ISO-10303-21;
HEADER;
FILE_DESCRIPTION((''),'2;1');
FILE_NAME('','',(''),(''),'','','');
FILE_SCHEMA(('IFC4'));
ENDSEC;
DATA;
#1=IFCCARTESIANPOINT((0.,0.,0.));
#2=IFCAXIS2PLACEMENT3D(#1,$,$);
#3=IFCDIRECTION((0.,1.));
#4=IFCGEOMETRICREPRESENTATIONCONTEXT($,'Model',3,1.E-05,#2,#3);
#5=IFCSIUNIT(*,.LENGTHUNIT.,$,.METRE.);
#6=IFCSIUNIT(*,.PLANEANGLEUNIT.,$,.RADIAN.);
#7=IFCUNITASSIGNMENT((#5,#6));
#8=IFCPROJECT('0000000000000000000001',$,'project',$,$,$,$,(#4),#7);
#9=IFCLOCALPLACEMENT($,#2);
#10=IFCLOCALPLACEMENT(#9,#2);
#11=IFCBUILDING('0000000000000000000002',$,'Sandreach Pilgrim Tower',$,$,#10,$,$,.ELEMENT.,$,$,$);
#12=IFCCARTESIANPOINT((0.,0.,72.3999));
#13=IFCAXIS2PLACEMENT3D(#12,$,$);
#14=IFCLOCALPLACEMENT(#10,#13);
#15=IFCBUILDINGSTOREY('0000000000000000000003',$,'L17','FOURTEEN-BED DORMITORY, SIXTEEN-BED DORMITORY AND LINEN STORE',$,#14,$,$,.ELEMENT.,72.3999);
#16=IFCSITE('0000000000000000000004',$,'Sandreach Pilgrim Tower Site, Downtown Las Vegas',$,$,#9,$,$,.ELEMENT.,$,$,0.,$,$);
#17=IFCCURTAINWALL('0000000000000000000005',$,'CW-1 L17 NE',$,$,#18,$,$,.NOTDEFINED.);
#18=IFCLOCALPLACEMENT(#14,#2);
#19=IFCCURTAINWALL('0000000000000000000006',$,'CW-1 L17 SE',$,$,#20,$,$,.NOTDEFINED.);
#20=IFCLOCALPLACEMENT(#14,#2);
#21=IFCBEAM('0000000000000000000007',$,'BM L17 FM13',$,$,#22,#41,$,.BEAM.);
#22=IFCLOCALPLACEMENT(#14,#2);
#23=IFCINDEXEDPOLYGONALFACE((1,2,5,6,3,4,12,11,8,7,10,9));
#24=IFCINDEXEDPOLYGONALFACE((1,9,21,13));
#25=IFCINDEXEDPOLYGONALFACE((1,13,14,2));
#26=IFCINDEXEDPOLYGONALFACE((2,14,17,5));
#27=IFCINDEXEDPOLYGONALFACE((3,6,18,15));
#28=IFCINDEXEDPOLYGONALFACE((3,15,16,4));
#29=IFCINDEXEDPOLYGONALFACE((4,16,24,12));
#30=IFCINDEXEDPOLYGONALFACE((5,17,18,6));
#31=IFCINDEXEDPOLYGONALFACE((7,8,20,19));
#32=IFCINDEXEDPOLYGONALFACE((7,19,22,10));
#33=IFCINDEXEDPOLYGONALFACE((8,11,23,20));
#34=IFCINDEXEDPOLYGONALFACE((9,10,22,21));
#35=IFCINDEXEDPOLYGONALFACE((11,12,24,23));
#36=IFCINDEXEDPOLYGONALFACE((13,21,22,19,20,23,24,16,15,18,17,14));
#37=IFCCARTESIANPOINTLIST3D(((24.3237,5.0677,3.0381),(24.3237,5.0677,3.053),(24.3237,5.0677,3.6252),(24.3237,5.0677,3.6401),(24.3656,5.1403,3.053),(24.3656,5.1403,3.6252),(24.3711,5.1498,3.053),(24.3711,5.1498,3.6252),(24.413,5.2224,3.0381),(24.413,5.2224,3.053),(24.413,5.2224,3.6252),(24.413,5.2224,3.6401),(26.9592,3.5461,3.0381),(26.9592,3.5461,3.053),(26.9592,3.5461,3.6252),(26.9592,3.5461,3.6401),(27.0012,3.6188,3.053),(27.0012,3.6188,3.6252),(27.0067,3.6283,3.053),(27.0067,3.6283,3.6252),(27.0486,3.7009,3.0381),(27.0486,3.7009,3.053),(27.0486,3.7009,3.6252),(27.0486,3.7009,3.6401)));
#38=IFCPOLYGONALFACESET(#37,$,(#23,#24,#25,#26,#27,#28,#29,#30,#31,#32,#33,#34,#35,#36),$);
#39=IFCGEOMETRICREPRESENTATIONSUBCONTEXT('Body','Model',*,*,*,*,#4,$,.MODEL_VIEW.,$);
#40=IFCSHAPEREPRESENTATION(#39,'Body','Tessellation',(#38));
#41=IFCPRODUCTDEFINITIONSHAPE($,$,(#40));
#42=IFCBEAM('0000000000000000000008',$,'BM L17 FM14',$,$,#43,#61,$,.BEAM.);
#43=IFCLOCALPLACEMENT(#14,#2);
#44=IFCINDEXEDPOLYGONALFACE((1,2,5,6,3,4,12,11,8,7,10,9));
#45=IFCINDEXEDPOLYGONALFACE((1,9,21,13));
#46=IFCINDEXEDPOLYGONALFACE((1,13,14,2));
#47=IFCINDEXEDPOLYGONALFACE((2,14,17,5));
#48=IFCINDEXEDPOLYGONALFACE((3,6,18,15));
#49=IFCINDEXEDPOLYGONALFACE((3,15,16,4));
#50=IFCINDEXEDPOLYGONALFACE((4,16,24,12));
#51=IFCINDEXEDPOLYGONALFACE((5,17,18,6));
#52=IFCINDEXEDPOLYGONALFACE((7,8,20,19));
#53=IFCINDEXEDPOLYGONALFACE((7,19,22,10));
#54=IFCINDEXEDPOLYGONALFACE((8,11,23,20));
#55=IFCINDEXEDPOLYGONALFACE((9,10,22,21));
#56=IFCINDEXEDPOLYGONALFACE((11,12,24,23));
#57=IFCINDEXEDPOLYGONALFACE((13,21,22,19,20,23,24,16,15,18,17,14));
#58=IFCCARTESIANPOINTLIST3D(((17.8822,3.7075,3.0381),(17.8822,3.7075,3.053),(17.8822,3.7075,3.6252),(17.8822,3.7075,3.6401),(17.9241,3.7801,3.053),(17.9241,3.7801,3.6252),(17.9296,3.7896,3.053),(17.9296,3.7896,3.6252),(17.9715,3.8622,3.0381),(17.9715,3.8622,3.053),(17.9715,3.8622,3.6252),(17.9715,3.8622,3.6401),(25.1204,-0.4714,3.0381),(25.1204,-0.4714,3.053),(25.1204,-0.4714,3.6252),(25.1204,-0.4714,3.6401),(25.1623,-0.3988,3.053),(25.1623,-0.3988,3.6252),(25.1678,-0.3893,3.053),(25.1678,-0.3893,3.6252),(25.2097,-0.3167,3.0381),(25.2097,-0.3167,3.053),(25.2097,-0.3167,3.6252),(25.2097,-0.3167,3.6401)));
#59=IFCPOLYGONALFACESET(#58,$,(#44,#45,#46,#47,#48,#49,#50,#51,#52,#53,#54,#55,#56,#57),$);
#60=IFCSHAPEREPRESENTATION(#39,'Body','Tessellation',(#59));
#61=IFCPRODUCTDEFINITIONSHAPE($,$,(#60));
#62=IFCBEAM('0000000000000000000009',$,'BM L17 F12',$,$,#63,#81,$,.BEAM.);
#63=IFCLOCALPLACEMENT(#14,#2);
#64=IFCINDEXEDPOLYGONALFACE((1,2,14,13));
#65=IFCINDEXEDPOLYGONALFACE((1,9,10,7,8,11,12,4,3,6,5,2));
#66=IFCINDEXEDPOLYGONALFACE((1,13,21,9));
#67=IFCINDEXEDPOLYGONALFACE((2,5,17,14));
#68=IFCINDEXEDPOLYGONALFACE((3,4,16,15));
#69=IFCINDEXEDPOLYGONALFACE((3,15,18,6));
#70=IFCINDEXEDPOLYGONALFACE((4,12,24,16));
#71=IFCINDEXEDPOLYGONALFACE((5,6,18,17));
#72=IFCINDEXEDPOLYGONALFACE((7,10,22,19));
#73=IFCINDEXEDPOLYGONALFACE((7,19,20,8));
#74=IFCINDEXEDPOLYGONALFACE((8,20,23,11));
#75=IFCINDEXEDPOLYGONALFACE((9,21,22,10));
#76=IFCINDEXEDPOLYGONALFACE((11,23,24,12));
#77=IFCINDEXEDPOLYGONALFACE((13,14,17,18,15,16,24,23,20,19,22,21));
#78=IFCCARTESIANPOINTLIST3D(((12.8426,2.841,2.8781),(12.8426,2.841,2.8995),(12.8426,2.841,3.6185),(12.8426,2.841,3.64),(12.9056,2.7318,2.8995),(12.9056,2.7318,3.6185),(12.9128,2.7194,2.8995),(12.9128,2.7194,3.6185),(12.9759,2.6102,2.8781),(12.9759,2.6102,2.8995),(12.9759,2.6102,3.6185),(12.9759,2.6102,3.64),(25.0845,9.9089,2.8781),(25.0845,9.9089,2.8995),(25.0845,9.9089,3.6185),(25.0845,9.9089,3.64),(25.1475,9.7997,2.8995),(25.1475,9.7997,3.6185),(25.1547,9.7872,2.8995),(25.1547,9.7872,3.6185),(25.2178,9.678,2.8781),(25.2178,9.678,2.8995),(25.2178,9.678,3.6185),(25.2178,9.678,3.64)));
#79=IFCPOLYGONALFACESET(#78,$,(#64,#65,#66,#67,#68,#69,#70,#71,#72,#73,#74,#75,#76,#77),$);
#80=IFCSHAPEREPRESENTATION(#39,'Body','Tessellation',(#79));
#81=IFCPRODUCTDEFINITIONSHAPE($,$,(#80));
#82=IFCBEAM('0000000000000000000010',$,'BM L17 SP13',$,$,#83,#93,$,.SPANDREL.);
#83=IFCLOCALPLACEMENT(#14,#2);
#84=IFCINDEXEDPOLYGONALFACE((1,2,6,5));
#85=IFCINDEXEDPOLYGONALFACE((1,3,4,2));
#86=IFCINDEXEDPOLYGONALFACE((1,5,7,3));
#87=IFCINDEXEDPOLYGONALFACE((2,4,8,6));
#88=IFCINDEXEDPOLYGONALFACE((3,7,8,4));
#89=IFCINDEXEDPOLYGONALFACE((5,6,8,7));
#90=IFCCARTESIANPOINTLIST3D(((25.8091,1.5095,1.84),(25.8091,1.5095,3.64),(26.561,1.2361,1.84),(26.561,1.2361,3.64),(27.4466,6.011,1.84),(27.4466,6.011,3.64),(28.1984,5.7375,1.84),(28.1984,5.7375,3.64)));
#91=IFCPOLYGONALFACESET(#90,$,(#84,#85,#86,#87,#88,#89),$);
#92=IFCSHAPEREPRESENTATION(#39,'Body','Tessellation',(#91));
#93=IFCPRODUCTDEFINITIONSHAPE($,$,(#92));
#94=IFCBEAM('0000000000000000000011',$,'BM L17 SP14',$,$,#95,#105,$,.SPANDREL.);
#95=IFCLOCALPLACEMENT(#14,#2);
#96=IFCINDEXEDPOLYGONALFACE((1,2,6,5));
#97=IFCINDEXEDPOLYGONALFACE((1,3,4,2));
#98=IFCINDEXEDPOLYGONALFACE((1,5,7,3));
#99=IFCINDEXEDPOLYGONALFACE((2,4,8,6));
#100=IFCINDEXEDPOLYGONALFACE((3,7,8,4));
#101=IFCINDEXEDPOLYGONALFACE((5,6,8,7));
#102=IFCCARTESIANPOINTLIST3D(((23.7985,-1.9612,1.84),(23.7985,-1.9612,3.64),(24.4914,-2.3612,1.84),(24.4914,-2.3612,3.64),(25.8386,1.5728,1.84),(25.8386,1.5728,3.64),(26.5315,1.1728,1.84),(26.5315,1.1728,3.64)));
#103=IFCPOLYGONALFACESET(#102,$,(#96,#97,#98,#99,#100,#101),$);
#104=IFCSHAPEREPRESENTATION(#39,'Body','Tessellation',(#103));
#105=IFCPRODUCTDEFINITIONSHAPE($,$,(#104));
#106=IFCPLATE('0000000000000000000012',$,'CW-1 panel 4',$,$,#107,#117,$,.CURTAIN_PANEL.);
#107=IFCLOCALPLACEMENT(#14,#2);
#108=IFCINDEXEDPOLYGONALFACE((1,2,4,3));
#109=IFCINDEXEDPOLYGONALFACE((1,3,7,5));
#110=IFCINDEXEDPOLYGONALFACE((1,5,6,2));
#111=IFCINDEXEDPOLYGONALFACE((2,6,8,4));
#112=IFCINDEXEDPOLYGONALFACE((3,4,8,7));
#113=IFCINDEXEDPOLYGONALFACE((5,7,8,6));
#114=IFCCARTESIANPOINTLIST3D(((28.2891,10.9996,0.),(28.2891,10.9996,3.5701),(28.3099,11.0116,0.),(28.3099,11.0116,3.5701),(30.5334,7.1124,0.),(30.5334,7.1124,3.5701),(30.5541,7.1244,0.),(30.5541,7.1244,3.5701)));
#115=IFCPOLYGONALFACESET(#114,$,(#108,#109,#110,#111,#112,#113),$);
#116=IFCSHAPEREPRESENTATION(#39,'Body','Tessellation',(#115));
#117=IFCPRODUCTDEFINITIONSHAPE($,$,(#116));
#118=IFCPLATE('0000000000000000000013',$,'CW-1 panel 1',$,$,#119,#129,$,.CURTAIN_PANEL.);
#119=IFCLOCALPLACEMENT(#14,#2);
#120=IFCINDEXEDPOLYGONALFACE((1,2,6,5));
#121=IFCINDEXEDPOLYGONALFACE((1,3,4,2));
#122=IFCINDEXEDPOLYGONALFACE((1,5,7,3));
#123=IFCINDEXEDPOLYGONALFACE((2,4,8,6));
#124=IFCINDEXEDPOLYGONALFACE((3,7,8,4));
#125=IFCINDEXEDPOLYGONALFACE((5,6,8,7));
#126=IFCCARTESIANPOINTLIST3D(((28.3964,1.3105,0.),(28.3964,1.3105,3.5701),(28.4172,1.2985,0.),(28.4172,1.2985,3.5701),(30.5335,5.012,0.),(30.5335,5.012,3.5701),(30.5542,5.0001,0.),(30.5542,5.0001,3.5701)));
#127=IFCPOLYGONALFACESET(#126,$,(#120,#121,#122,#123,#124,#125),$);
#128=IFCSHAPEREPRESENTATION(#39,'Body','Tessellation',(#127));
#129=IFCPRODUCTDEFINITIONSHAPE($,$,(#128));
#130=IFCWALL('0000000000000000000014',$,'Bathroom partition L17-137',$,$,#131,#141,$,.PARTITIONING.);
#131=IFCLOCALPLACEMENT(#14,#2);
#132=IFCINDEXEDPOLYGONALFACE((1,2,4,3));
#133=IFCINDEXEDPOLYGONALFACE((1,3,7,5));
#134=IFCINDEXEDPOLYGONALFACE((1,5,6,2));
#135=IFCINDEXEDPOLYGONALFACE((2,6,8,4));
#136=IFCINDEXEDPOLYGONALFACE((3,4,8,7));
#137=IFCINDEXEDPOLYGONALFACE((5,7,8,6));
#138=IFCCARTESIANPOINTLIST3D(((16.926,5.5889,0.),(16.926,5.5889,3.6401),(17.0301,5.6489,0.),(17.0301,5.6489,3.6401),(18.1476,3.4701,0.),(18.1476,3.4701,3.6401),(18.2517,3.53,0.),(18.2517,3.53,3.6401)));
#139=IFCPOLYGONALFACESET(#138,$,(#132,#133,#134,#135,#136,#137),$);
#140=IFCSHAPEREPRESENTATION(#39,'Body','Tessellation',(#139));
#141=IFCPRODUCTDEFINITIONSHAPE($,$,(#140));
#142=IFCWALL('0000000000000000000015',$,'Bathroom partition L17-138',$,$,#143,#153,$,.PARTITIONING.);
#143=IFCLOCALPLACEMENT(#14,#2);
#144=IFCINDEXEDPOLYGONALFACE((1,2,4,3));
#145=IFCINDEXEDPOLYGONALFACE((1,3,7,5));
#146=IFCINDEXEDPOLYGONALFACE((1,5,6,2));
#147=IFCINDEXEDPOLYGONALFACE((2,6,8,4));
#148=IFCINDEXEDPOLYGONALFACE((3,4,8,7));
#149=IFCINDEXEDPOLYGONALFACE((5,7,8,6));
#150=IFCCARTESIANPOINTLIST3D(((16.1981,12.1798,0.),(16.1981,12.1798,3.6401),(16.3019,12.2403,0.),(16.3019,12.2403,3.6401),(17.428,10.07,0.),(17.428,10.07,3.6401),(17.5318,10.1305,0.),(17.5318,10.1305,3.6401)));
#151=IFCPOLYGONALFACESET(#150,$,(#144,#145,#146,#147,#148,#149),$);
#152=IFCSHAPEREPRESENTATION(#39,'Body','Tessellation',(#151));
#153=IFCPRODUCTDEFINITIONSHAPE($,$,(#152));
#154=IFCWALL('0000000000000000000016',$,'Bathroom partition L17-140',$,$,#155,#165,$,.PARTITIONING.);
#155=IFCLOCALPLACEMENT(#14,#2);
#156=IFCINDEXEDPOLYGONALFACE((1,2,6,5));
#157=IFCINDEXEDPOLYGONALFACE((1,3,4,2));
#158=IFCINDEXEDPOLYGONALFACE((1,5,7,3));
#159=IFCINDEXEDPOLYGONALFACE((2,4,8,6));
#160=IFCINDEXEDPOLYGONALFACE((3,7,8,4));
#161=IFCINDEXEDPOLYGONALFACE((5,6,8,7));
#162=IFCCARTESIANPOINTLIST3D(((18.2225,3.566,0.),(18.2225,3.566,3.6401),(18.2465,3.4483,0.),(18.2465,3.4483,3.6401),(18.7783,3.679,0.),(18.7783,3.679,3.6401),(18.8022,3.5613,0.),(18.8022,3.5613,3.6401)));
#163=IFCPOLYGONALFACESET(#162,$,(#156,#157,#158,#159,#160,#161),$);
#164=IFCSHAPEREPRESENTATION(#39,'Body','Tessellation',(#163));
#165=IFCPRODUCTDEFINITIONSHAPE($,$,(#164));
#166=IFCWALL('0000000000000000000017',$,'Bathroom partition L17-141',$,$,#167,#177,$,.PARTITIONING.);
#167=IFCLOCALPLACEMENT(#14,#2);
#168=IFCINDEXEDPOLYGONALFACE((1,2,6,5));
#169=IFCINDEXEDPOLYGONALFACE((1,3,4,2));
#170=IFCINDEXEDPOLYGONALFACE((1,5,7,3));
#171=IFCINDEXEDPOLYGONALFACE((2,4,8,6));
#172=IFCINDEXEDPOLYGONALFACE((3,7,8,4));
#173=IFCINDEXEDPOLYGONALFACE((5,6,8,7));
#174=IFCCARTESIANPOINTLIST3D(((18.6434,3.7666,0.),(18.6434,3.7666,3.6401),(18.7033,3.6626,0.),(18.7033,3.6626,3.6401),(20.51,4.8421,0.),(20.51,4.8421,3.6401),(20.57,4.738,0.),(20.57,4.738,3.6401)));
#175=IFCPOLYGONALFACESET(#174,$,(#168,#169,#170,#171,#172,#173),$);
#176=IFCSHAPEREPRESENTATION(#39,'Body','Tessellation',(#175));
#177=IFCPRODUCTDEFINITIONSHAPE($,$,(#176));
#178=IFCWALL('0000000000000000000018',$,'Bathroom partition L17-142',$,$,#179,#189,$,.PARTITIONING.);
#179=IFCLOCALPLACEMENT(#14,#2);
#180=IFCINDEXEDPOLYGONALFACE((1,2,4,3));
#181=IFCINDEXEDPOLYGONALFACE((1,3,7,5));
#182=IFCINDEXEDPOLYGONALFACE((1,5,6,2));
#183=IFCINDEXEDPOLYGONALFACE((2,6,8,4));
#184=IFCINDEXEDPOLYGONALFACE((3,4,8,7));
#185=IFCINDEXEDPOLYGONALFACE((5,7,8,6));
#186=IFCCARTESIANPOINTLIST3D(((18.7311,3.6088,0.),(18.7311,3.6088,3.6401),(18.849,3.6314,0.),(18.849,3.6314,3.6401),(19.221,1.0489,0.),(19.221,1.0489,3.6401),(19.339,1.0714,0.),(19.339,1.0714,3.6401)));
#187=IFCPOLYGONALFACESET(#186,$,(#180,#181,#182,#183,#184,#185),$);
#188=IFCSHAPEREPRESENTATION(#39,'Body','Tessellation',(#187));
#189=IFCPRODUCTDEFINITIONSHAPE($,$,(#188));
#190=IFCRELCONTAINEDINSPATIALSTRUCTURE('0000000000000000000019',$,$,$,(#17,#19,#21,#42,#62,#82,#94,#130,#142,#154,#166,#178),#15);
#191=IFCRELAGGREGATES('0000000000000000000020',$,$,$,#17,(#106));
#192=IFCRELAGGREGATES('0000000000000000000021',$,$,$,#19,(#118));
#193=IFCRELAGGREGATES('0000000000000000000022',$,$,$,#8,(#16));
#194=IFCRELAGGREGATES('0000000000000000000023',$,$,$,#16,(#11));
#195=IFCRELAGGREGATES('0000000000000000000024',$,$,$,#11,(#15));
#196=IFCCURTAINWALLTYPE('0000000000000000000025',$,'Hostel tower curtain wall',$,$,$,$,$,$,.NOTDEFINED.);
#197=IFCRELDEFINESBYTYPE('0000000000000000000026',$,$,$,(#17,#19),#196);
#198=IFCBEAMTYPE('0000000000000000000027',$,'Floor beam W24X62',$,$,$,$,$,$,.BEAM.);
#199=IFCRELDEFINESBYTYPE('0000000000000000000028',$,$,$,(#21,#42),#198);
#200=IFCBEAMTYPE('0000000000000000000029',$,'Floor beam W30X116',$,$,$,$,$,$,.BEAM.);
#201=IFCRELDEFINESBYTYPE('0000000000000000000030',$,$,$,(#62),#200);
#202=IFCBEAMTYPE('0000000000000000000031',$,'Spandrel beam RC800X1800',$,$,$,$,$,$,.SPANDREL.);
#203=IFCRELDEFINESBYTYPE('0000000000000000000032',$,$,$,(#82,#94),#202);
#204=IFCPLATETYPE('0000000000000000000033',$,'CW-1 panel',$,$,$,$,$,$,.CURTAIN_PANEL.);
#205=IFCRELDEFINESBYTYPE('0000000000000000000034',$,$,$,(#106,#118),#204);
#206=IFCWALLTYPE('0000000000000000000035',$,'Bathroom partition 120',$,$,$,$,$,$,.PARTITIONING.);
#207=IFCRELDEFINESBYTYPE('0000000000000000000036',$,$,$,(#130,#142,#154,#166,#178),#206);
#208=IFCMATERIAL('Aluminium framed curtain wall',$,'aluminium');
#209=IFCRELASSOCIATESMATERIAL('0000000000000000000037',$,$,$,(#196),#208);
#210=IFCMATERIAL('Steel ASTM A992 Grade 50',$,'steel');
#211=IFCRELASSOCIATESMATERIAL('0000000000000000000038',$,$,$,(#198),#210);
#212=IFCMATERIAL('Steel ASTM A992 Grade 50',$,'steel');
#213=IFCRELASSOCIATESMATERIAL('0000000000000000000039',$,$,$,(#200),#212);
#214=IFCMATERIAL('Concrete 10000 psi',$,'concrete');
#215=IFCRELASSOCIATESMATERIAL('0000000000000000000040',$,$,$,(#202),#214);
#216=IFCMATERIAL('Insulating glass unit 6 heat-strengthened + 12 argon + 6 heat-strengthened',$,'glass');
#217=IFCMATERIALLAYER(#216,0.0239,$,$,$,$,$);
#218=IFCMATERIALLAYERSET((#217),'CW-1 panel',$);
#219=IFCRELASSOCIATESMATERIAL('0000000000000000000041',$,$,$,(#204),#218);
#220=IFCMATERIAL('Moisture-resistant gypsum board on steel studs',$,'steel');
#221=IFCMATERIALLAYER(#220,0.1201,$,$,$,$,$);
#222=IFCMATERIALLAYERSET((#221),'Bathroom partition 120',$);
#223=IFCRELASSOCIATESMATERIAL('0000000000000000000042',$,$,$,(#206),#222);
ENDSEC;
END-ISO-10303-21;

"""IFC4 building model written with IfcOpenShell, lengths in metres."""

from ifc_helpers import new_model, si_unit, direction, frame, frame_2d, origin, origin_2d, place, context, subcontext, project, spatial, rectangle, i_section, extrude, material, layer, layer_set, material_profile, profile_set, type_object, element, aggregate, save


model = new_model("IFC4")

# Units and contexts
model_context = context("Model", 3, precision=1e-05, world=origin(), true_north=direction((0.0, 1.0)))
body_context = subcontext(model_context, "Body", "Model", "MODEL_VIEW")
ifc_project = project(units=[si_unit("LENGTHUNIT", "METRE"), si_unit("PLANEANGLEUNIT", "RADIAN")], contexts=[model_context])

# Site, building, storey
site_placement = place(None, origin())
site = spatial("IfcSite", under=ifc_project, at=site_placement, Name="Sandreach Pilgrim Tower Site, Downtown Las Vegas", CompositionType="ELEMENT", RefElevation=0.0)
building_placement = place(site_placement, origin())
building = spatial("IfcBuilding", under=site, at=building_placement, Name="Sandreach Pilgrim Tower", CompositionType="ELEMENT")
storey_placement = place(building_placement, frame((0.0, 0.0, 72.3999)))
storey = spatial("IfcBuildingStorey", under=building, at=storey_placement, Name="L17", Description="FOURTEEN-BED DORMITORY, SIXTEEN-BED DORMITORY AND LINEN STORE", CompositionType="ELEMENT", Elevation=72.3999)

# Curtain wall
ifc_material_1 = material(Name="Aluminium framed curtain wall", Category="aluminium")
curtain_wall_type = type_object("IfcCurtainWallType", Name="Hostel tower curtain wall", PredefinedType="NOTDEFINED", material=ifc_material_1)
curtain_wall_1_placement = place(storey_placement, origin())
curtain_wall_1 = element("IfcCurtainWall", 1, at=curtain_wall_1_placement, inside=storey, type_object=curtain_wall_type, Name="CW-1 L17 NE", PredefinedType="NOTDEFINED")

# Curtain wall
curtain_wall_2_placement = place(storey_placement, origin())
curtain_wall_2 = element("IfcCurtainWall", 2, at=curtain_wall_2_placement, inside=storey, type_object=curtain_wall_type, Name="CW-1 L17 SE", PredefinedType="NOTDEFINED")

# Beams
ifc_material_2 = material(Name="Steel ASTM A992 Grade 50", Category="steel")
ifc_material_profile_1 = material_profile(ifc_material_2, i_section(OverallWidth=0.1787, OverallDepth=0.6021, WebThickness=0.011, FlangeThickness=0.0149, at=origin_2d()), Name="W24X62")
ifc_profile_set_1 = profile_set([ifc_material_profile_1], Name="Steel ASTM A992 Grade 50")
beam_type_1 = type_object("IfcBeamType", Name="Floor beam W24X62", PredefinedType="BEAM", material=ifc_profile_set_1)
beam_1_placement = place(storey_placement, frame((27.0039, 3.6235, 3.3391), z_axis=(-0.866043, 0.49997, 0.0), x_axis=(-0.49997, -0.866043, 0.0)))
element("IfcBeam", 3, at=beam_1_placement, inside=storey, type_object=beam_type_1, Name="BM L17 FM13", PredefinedType="BEAM", context=body_context, shape_type="SweptSolid", body=[
    extrude(i_section(OverallWidth=0.1787, OverallDepth=0.6021, WebThickness=0.011, FlangeThickness=0.0149, at=origin_2d()), origin(), (0.0, 0.0, 1.0), 3.0432),
])
beam_2_placement = place(storey_placement, frame((25.165, -0.394, 3.3391), z_axis=(-0.866029, 0.499994, 0.0), x_axis=(-0.499994, -0.866029, 0.0)))
element("IfcBeam", 4, at=beam_2_placement, inside=storey, type_object=beam_type_1, Name="BM L17 FM14", PredefinedType="BEAM", context=body_context, shape_type="SweptSolid", body=[
    extrude(i_section(OverallWidth=0.1787, OverallDepth=0.6021, WebThickness=0.011, FlangeThickness=0.0149, at=origin_2d()), origin(), (0.0, 0.0, 1.0), 8.3579),
])
ifc_material_3 = material(Name="Steel ASTM A992 Grade 50", Category="steel")
ifc_material_profile_2 = material_profile(ifc_material_3, i_section(OverallWidth=0.2666, OverallDepth=0.762, WebThickness=0.0144, FlangeThickness=0.0215, at=origin_2d()), Name="W30X116")
ifc_profile_set_2 = profile_set([ifc_material_profile_2], Name="Steel ASTM A992 Grade 50")
beam_type_2 = type_object("IfcBeamType", Name="Floor beam W30X116", PredefinedType="BEAM", material=ifc_profile_set_2)
beam_3_placement = place(storey_placement, frame((25.1511, 9.7935, 3.259), z_axis=(-0.866026, -0.499999, 0.0), x_axis=(0.499999, -0.866026, 0.0)))
element("IfcBeam", 5, at=beam_3_placement, inside=storey, type_object=beam_type_2, Name="BM L17 F12", PredefinedType="BEAM", context=body_context, shape_type="SweptSolid", body=[
    extrude(i_section(OverallWidth=0.2666, OverallDepth=0.762, WebThickness=0.0144, FlangeThickness=0.0215, at=origin_2d()), origin(), (0.0, 0.0, 1.0), 14.1357),
])
ifc_material_4 = material(Name="Concrete 10000 psi", Category="concrete")
ifc_material_profile_3 = material_profile(ifc_material_4, rectangle(XDim=0.8, YDim=1.8, at=origin_2d()), Name="RC800X1800")
ifc_profile_set_3 = profile_set([ifc_material_profile_3], Name="Concrete 10000 psi")
beam_type_3 = type_object("IfcBeamType", Name="Spandrel beam RC800X1800", PredefinedType="SPANDREL", material=ifc_profile_set_3)
beam_4_placement = place(storey_placement, frame((27.8225, 5.8743, 2.74), z_axis=(-0.341845, -0.939756, 0.0), x_axis=(0.939756, -0.341845, 0.0)))
element("IfcBeam", 6, at=beam_4_placement, inside=storey, type_object=beam_type_3, Name="BM L17 SP13", PredefinedType="SPANDREL", context=body_context, shape_type="SweptSolid", body=[
    extrude(rectangle(XDim=0.8, YDim=1.8, at=origin_2d()), origin(), (0.0, 0.0, 1.0), 4.79),
])
beam_5_placement = place(storey_placement, frame((26.1851, 1.3728, 2.74), z_axis=(-0.499949, -0.866055, 0.0), x_axis=(0.866055, -0.499949, 0.0)))
element("IfcBeam", 7, at=beam_5_placement, inside=storey, type_object=beam_type_3, Name="BM L17 SP14", PredefinedType="SPANDREL", context=body_context, shape_type="SweptSolid", body=[
    extrude(rectangle(XDim=0.8, YDim=1.8, at=origin_2d()), origin(), (0.0, 0.0, 1.0), 4.0806),
])

# Plates
ifc_material_5 = material(Name="Insulating glass unit 6 heat-strengthened + 12 argon + 6 heat-strengthened", Category="glass")
ifc_layer_1 = layer(ifc_material_5, 0.0239)
ifc_layer_set_1 = layer_set([ifc_layer_1], Name="CW-1 panel")
plate_type = type_object("IfcPlateType", Name="CW-1 panel", PredefinedType="CURTAIN_PANEL", material=ifc_layer_set_1)
plate_1_placement = place(storey_placement, frame((29.4216, 9.062, 0.0), z_axis=(0.0, 0.0, 1.0), x_axis=(0.5, -0.866025, 0.0)))
plate_1 = element("IfcPlate", 8, at=plate_1_placement, type_object=plate_type, Name="CW-1 panel 4", PredefinedType="CURTAIN_PANEL", context=body_context, shape_type="SweptSolid", body=[
    extrude(rectangle(XDim=4.4885, YDim=0.0239, at=origin_2d()), origin(), (0.0, 0.0, 1.0), 3.5701),
])
aggregate(curtain_wall_1, [plate_1])
plate_2_placement = place(storey_placement, frame((29.4753, 3.1553, 0.0), z_axis=(0.0, 0.0, 1.0), x_axis=(-0.5, -0.866025, 0.0)))
plate_2 = element("IfcPlate", 9, at=plate_2_placement, type_object=plate_type, Name="CW-1 panel 1", PredefinedType="CURTAIN_PANEL", context=body_context, shape_type="SweptSolid", body=[
    extrude(rectangle(XDim=4.2742, YDim=0.0239, at=origin_2d()), origin(), (0.0, 0.0, 1.0), 3.5701),
])
aggregate(curtain_wall_2, [plate_2])

# Walls
ifc_material_6 = material(Name="Moisture-resistant gypsum board on steel studs", Category="steel")
ifc_layer_2 = layer(ifc_material_6, 0.1201)
ifc_layer_set_2 = layer_set([ifc_layer_2], Name="Bathroom partition 120")
wall_type_1 = type_object("IfcWallType", Name="Bathroom partition 120", PredefinedType="PARTITIONING", material=ifc_layer_set_2)
wall_1_placement = place(storey_placement, frame((16.978, 5.6189, 0.0), z_axis=(0.0, 0.0, 1.0), x_axis=(0.499489, -0.86632, 0.0)))
element("IfcWall", 10, at=wall_1_placement, inside=storey, type_object=wall_type_1, Name="Bathroom partition L17-137", PredefinedType="PARTITIONING", context=body_context, shape_type="SweptSolid", body=[
    extrude(rectangle(XDim=2.4458, YDim=0.1201, at=frame_2d((1.2229, 0.0))), origin(), (0.0, 0.0, 1.0), 3.6401),
])
wall_2_placement = place(storey_placement, frame((17.48, 10.1001, 0.0), z_axis=(0.0, 0.0, 1.0), x_axis=(-0.503635, 0.863917, 0.0)))
element("IfcWall", 11, at=wall_2_placement, inside=storey, type_object=wall_type_1, Name="Bathroom partition L17-138", PredefinedType="PARTITIONING", context=body_context, shape_type="SweptSolid", body=[
    extrude(rectangle(XDim=2.4421, YDim=0.1201, at=frame_2d((1.2212, 0.0))), origin(), (0.0, 0.0, 1.0), 3.6401),
])
wall_3_placement = place(storey_placement, frame((18.2344, 3.5071, 0.0), z_axis=(0.0, 0.0, 1.0), x_axis=(0.97993, 0.199344, 0.0)))
element("IfcWall", 12, at=wall_3_placement, inside=storey, type_object=wall_type_1, Name="Bathroom partition L17-140", PredefinedType="PARTITIONING", context=body_context, shape_type="SweptSolid", body=[
    extrude(rectangle(XDim=0.5671, YDim=0.1201, at=frame_2d((0.2837, 0.0))), origin(), (0.0, 0.0, 1.0), 3.6401),
])
wall_4_placement = place(storey_placement, frame((18.6733, 3.7146, 0.0), z_axis=(0.0, 0.0, 1.0), x_axis=(0.866487, 0.499199, 0.0)))
element("IfcWall", 13, at=wall_4_placement, inside=storey, type_object=wall_type_1, Name="Bathroom partition L17-141", PredefinedType="PARTITIONING", context=body_context, shape_type="SweptSolid", body=[
    extrude(rectangle(XDim=2.1543, YDim=0.1201, at=frame_2d((1.0771, 0.0))), origin(), (0.0, 0.0, 1.0), 3.6401),
])
wall_5_placement = place(storey_placement, frame((18.79, 3.6201, 0.0), z_axis=(0.0, 0.0, 1.0), x_axis=(0.187986, -0.982172, 0.0)))
element("IfcWall", 14, at=wall_5_placement, inside=storey, type_object=wall_type_1, Name="Bathroom partition L17-142", PredefinedType="PARTITIONING", context=body_context, shape_type="SweptSolid", body=[
    extrude(rectangle(XDim=2.6064, YDim=0.1201, at=frame_2d((1.3032, 0.0))), origin(), (0.0, 0.0, 1.0), 3.6401),
])

save(model, "model.ifc")
